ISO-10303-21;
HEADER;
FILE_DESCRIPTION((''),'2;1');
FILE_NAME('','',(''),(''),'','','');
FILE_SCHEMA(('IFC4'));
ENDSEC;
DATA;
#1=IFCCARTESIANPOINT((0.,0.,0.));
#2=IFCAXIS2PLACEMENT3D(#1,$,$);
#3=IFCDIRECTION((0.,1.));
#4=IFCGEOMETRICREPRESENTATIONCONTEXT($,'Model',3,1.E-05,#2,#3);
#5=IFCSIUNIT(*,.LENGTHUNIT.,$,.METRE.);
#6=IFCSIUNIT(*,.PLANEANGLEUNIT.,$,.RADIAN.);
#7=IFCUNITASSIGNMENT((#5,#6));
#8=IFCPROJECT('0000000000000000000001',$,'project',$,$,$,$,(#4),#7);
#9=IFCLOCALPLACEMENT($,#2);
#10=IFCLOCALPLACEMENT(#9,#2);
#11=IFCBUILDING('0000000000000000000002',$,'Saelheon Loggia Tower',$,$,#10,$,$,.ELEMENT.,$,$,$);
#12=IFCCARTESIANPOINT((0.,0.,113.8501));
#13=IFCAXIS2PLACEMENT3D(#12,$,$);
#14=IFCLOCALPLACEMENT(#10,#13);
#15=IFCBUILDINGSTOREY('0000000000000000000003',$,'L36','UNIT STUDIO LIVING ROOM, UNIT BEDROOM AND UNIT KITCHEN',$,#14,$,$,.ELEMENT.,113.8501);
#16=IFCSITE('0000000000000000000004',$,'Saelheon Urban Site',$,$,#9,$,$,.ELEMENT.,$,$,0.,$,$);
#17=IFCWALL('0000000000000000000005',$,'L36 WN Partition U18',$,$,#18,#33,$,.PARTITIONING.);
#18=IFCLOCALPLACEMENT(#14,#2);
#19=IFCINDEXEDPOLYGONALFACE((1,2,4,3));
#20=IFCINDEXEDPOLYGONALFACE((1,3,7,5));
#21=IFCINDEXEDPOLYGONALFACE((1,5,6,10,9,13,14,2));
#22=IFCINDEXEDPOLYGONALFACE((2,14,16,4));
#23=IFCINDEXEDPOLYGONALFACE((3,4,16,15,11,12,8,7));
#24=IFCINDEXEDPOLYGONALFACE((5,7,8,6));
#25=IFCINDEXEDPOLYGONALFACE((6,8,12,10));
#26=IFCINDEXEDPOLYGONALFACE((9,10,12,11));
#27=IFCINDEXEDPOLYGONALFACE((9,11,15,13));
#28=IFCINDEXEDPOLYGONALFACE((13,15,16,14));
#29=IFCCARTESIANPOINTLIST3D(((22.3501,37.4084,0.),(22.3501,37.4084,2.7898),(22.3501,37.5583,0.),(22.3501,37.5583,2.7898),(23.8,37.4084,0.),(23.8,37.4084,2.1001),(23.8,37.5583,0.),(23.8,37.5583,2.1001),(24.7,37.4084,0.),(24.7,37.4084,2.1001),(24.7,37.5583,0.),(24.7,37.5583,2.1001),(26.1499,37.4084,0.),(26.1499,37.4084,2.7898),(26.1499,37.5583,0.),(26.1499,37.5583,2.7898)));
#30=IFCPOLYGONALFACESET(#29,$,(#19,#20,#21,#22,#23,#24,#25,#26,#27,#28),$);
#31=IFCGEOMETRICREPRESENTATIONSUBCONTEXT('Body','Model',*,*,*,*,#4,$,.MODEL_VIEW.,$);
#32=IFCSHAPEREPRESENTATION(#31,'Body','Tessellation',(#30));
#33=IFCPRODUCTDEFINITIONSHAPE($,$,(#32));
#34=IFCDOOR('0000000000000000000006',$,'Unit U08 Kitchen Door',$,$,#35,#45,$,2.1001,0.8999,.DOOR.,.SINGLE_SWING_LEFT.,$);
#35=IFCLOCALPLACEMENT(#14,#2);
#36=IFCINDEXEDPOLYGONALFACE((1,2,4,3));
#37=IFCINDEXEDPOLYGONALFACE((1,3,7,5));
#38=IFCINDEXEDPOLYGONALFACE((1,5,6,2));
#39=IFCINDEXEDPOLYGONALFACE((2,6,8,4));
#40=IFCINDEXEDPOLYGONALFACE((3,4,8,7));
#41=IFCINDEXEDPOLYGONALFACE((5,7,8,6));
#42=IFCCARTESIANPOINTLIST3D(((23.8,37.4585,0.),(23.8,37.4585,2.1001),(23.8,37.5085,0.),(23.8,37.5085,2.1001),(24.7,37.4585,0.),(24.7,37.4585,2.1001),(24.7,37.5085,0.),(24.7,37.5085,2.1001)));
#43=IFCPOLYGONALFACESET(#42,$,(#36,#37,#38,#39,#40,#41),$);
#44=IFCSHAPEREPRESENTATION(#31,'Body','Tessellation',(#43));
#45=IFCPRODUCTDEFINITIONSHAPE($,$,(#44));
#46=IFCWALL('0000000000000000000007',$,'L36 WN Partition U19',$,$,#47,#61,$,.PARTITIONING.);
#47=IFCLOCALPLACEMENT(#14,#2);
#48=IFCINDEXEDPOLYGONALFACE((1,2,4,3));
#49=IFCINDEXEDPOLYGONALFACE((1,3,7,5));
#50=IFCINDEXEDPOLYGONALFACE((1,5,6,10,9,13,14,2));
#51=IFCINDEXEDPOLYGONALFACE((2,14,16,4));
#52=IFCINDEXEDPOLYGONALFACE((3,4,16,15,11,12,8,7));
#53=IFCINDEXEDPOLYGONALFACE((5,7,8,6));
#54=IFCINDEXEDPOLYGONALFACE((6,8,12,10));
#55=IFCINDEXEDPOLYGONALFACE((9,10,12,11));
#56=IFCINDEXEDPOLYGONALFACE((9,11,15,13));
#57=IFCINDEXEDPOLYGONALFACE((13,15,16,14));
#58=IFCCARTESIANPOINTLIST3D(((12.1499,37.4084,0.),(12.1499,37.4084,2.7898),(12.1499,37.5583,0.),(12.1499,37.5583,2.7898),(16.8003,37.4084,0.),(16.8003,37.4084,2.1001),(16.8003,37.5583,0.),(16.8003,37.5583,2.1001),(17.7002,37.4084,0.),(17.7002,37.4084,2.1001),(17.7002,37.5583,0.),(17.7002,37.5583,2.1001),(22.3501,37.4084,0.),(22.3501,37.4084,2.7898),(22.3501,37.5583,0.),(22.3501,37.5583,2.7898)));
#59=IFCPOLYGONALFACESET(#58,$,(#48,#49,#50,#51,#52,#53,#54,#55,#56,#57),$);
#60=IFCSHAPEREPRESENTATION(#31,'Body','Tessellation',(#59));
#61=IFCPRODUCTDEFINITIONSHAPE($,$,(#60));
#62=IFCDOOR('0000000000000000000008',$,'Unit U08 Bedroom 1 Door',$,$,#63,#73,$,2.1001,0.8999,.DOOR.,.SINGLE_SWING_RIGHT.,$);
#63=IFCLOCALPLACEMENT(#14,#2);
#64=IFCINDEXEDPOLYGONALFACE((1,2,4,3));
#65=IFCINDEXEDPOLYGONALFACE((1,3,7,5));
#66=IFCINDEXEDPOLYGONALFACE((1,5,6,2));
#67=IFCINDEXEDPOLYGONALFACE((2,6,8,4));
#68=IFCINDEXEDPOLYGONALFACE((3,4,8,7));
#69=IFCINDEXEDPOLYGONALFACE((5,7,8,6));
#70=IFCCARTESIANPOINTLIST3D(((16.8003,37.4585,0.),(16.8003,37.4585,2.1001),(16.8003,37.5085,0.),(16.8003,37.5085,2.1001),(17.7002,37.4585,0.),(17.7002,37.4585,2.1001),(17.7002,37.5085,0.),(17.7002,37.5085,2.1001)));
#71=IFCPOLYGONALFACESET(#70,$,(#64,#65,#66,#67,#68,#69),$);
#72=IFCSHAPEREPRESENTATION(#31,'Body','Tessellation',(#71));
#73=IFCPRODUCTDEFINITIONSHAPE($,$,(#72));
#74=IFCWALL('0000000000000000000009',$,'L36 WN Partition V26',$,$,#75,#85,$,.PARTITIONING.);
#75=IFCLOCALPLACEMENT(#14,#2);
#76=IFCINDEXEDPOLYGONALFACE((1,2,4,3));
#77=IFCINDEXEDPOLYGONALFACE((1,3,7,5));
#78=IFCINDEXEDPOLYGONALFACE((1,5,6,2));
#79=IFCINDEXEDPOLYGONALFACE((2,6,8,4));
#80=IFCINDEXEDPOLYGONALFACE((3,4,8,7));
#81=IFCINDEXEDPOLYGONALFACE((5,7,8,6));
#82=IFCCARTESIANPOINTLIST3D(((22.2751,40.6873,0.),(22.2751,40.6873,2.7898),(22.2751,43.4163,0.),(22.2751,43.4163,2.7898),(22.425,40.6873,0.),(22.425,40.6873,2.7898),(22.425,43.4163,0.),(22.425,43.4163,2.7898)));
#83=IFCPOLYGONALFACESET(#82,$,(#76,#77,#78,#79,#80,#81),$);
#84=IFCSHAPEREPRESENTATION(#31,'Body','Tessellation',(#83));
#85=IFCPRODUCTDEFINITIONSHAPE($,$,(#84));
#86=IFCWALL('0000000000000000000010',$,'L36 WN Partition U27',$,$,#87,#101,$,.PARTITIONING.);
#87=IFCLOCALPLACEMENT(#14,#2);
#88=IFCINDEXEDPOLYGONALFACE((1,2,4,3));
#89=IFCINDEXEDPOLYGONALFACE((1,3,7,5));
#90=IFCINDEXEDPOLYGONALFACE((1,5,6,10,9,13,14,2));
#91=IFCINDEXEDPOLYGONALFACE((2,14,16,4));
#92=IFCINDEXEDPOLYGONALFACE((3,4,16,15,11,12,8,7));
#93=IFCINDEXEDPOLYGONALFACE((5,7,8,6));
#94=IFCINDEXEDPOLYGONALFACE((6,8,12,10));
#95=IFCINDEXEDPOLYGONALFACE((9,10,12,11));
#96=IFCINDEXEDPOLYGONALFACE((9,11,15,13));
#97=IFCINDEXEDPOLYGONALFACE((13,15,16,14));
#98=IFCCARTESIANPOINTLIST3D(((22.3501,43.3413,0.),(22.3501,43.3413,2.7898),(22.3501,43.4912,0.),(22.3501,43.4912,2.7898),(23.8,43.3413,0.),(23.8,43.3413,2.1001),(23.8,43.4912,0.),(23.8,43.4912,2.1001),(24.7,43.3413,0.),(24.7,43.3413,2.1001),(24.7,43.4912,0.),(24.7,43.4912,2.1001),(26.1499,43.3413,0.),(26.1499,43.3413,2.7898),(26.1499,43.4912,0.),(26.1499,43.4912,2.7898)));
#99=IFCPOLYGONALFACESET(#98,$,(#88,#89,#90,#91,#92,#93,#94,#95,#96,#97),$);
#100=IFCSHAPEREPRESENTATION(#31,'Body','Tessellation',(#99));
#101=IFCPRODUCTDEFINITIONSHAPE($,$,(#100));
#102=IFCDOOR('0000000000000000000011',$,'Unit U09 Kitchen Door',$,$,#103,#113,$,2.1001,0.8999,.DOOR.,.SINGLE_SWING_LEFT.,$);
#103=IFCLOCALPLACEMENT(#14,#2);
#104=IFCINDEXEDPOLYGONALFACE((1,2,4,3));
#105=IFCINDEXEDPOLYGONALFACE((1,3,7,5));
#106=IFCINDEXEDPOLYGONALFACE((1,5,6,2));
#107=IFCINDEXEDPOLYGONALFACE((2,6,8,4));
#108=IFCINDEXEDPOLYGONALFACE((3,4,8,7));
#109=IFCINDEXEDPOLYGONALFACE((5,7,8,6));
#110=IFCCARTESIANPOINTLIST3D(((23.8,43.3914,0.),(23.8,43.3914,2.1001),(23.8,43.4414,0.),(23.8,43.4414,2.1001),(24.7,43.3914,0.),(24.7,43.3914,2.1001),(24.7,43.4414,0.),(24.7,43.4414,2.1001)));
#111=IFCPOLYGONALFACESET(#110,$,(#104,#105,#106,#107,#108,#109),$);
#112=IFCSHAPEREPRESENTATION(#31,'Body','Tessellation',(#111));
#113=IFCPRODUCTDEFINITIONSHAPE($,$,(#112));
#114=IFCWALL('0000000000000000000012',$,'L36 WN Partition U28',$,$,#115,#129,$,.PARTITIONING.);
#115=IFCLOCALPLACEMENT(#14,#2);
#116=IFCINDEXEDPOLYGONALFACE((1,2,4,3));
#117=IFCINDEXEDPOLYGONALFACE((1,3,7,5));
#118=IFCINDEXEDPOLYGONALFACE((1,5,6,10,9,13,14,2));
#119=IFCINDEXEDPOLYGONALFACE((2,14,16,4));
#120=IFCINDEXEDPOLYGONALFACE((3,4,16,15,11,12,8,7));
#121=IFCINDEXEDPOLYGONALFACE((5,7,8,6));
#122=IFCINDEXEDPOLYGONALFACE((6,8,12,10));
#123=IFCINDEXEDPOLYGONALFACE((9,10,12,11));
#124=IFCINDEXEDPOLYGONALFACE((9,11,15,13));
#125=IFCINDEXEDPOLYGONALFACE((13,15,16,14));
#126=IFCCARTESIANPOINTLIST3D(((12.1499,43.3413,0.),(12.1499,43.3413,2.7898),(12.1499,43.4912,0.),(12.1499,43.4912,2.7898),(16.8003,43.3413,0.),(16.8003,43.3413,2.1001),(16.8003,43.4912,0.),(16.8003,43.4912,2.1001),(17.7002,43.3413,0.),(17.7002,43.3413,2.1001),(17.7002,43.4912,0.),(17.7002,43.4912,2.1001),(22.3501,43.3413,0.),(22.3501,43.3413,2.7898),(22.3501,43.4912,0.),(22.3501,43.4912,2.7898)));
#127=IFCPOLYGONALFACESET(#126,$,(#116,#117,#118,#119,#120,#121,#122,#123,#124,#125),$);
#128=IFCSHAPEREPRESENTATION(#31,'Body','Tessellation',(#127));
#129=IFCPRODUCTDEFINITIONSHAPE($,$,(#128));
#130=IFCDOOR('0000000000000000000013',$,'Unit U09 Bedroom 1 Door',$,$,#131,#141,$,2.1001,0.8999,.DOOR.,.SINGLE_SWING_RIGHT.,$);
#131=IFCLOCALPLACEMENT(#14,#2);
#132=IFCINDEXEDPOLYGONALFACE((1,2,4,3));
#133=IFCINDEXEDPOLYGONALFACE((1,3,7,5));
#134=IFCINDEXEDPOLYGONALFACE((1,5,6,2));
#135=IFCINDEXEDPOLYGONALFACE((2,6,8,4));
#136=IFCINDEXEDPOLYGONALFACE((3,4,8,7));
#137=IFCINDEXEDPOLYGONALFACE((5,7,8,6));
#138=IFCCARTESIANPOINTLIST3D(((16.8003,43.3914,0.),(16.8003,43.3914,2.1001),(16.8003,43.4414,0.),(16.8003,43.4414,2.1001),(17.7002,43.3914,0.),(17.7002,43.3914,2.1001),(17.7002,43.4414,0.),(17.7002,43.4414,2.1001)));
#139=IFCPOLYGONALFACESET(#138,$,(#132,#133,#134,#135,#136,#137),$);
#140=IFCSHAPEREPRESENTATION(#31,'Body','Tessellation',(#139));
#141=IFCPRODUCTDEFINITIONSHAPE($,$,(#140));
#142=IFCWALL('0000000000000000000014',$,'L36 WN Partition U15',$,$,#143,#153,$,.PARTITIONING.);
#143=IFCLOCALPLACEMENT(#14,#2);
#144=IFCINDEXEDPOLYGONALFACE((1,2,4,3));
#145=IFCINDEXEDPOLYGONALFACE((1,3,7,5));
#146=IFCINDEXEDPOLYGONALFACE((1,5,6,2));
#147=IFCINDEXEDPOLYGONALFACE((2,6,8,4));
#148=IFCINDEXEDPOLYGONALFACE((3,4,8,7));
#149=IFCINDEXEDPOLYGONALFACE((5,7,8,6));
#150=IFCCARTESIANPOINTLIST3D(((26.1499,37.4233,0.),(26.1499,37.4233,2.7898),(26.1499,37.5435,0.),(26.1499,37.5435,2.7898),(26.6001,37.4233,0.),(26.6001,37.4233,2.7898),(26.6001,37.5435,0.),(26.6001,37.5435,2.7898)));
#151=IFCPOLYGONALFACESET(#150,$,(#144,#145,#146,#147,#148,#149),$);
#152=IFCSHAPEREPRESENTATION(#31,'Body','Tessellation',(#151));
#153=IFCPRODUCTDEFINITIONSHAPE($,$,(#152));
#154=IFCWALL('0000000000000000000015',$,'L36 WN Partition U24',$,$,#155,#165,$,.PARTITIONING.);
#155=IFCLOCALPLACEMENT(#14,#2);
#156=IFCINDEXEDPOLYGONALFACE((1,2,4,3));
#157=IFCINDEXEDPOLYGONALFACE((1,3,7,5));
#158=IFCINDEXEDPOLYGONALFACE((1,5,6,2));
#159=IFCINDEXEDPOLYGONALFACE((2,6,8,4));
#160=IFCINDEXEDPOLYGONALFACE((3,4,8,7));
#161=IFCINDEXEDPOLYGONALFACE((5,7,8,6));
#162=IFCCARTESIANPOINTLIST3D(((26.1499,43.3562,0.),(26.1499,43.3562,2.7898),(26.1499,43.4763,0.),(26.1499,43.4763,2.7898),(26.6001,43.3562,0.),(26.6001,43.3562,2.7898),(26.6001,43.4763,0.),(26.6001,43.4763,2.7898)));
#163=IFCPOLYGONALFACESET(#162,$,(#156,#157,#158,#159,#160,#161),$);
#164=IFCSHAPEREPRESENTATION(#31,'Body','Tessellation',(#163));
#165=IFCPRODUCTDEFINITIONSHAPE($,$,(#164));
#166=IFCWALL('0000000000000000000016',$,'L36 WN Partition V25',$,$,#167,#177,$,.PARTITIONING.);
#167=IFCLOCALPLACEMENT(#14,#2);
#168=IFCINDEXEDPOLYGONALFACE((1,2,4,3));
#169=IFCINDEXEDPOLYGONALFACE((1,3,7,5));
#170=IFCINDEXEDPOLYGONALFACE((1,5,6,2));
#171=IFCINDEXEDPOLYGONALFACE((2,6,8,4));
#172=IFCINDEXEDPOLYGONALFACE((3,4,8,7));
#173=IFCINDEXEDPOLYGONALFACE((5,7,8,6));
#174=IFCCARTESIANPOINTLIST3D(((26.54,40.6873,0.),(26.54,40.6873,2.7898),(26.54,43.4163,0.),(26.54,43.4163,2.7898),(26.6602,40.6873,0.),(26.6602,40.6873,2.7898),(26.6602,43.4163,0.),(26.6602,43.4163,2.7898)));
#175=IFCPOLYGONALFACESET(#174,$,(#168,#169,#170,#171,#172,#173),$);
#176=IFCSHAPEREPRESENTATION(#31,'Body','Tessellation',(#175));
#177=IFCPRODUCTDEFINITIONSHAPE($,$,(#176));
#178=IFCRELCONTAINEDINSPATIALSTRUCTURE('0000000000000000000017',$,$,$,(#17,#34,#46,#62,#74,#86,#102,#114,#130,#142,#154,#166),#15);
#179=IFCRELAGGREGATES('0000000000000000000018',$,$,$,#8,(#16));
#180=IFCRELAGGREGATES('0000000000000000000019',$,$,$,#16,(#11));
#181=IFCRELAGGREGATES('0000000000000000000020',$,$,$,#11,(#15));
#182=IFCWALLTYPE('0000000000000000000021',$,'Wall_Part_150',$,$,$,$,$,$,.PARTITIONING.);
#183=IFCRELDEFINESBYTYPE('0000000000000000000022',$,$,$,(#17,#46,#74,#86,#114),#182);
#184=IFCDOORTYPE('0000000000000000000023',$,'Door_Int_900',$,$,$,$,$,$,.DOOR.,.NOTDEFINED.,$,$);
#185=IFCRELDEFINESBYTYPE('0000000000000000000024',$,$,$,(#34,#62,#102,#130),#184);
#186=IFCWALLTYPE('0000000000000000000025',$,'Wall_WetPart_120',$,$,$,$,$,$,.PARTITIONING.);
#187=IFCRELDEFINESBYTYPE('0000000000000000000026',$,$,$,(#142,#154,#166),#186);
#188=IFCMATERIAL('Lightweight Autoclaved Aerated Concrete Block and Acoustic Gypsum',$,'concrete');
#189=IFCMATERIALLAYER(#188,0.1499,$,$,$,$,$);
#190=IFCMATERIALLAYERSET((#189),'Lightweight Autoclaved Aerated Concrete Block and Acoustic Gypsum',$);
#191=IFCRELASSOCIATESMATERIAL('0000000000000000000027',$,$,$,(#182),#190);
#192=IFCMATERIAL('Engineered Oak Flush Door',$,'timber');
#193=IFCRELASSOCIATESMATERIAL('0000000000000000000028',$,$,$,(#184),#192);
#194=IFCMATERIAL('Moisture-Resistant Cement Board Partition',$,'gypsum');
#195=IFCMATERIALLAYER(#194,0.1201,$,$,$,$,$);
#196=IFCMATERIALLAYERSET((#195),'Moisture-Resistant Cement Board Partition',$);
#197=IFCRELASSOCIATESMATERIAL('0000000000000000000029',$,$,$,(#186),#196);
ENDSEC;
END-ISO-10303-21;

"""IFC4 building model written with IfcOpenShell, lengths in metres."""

from ifc_helpers import new_model, si_unit, direction, frame, frame_2d, origin, place, context, subcontext, project, spatial, rectangle, extrude, source, transform, mapped, material, layer, layer_set, type_object, element, fill, save


model = new_model("IFC4")

# Units and contexts
model_context = context("Model", 3, precision=1e-05, world=origin(), true_north=direction((0.0, 1.0)))
body_context = subcontext(model_context, "Body", "Model", "MODEL_VIEW")
ifc_project = project(units=[si_unit("LENGTHUNIT", "METRE"), si_unit("PLANEANGLEUNIT", "RADIAN")], contexts=[model_context])

# Site, building, storey
site_placement = place(None, origin())
site = spatial("IfcSite", under=ifc_project, at=site_placement, Name="Saelheon Urban Site", CompositionType="ELEMENT", RefElevation=0.0)
building_placement = place(site_placement, origin())
building = spatial("IfcBuilding", under=site, at=building_placement, Name="Saelheon Loggia Tower", CompositionType="ELEMENT")
storey_placement = place(building_placement, frame((0.0, 0.0, 113.8501)))
storey = spatial("IfcBuildingStorey", under=building, at=storey_placement, Name="L36", Description="UNIT STUDIO LIVING ROOM, UNIT BEDROOM AND UNIT KITCHEN", CompositionType="ELEMENT", Elevation=113.8501)

# Walls, openings, doors
ifc_material_1 = material(Name="Lightweight Autoclaved Aerated Concrete Block and Acoustic Gypsum", Category="concrete")
ifc_layer_1 = layer(ifc_material_1, 0.1499)
ifc_layer_set_1 = layer_set([ifc_layer_1], Name="Lightweight Autoclaved Aerated Concrete Block and Acoustic Gypsum")
wall_type_1 = type_object("IfcWallType", Name="Wall_Part_150", PredefinedType="PARTITIONING", material=ifc_layer_set_1)
wall_1_placement = place(storey_placement, frame((26.1499, 37.4834, 0.0), z_axis=(0.0, 0.0, 1.0), x_axis=(-1.0, 0.0, 0.0)))
wall_1 = element("IfcWall", 1, at=wall_1_placement, inside=storey, type_object=wall_type_1, Name="L36 WN Partition U18", PredefinedType="PARTITIONING", context=body_context, shape_type="SweptSolid", body=[
    extrude(rectangle(XDim=3.7998, YDim=0.1499, at=frame_2d((1.8999, 0.0))), origin(), (0.0, 0.0, 1.0), 2.7898),
])
opening_1_placement = place(wall_1_placement, frame((1.45, 0.0, 0.0)))
opening_1 = element("IfcOpeningElement", 2, at=opening_1_placement, cuts=wall_1, PredefinedType="OPENING", context=body_context, shape_type="SweptSolid", body=[
    extrude(rectangle(XDim=0.8999, YDim=2.1001, at=frame_2d((0.45, 1.05))), frame((0.0, 0.0869, 0.0), z_axis=(0.0, -1.0, 0.0), x_axis=(1.0, 0.0, 0.0)), (0.0, 0.0, 1.0), 0.1738),
])
ifc_material_2 = material(Name="Engineered Oak Flush Door", Category="timber")
door_type_1 = type_object("IfcDoorType", Name="Door_Int_900", OperationType="NOTDEFINED", PredefinedType="DOOR", material=ifc_material_2)
shared_shape_1 = source(origin(), body_context, "Body", "SweptSolid", [
    extrude(rectangle(XDim=0.8999, YDim=2.1001, at=frame_2d((0.45, 1.05))), frame((0.0, 0.0249, 0.0), z_axis=(0.0, -1.0, 0.0), x_axis=(1.0, 0.0, 0.0)), (0.0, 0.0, 1.0), 0.05),
])
door_1_placement = place(opening_1_placement, origin())
door_1 = element("IfcDoor", 3, at=door_1_placement, inside=storey, type_object=door_type_1, Name="Unit U08 Kitchen Door", OperationType="SINGLE_SWING_LEFT", OverallHeight=2.1001, OverallWidth=0.8999, PredefinedType="DOOR", context=body_context, shape_type="MappedRepresentation", body=[
    mapped(shared_shape_1, transform((0.0, 0.0, 0.0), scale=1.0)),
])
fill(opening_1, door_1)
wall_2_placement = place(storey_placement, frame((22.3501, 37.4834, 0.0), z_axis=(0.0, 0.0, 1.0), x_axis=(-1.0, 0.0, 0.0)))
wall_2 = element("IfcWall", 4, at=wall_2_placement, inside=storey, type_object=wall_type_1, Name="L36 WN Partition U19", PredefinedType="PARTITIONING", context=body_context, shape_type="SweptSolid", body=[
    extrude(rectangle(XDim=10.2002, YDim=0.1499, at=frame_2d((5.1001, 0.0))), origin(), (0.0, 0.0, 1.0), 2.7898),
])
opening_2_placement = place(wall_2_placement, frame((4.6499, 0.0, 0.0)))
opening_2 = element("IfcOpeningElement", 5, at=opening_2_placement, cuts=wall_2, PredefinedType="OPENING", context=body_context, shape_type="SweptSolid", body=[
    extrude(rectangle(XDim=0.8999, YDim=2.1001, at=frame_2d((0.45, 1.05))), frame((0.0, 0.0869, 0.0), z_axis=(0.0, -1.0, 0.0), x_axis=(1.0, 0.0, 0.0)), (0.0, 0.0, 1.0), 0.1738),
])
door_2_placement = place(opening_2_placement, origin())
door_2 = element("IfcDoor", 6, at=door_2_placement, inside=storey, type_object=door_type_1, Name="Unit U08 Bedroom 1 Door", OperationType="SINGLE_SWING_RIGHT", OverallHeight=2.1001, OverallWidth=0.8999, PredefinedType="DOOR", context=body_context, shape_type="MappedRepresentation", body=[
    mapped(shared_shape_1, transform((0.0, 0.0, 0.0), scale=1.0)),
])
fill(opening_2, door_2)

# Wall
wall_3_placement = place(storey_placement, frame((22.3501, 40.6873, 0.0), z_axis=(0.0, 0.0, 1.0), x_axis=(0.0, 1.0, 0.0)))
element("IfcWall", 7, at=wall_3_placement, inside=storey, type_object=wall_type_1, Name="L36 WN Partition V26", PredefinedType="PARTITIONING", context=body_context, shape_type="SweptSolid", body=[
    extrude(rectangle(XDim=2.729, YDim=0.1499, at=frame_2d((1.3645, 0.0))), origin(), (0.0, 0.0, 1.0), 2.7898),
])

# Walls, openings, doors
wall_4_placement = place(storey_placement, frame((26.1499, 43.4163, 0.0), z_axis=(0.0, 0.0, 1.0), x_axis=(-1.0, 0.0, 0.0)))
wall_4 = element("IfcWall", 8, at=wall_4_placement, inside=storey, type_object=wall_type_1, Name="L36 WN Partition U27", PredefinedType="PARTITIONING", context=body_context, shape_type="SweptSolid", body=[
    extrude(rectangle(XDim=3.7998, YDim=0.1499, at=frame_2d((1.8999, 0.0))), origin(), (0.0, 0.0, 1.0), 2.7898),
])
opening_3_placement = place(wall_4_placement, frame((1.45, 0.0, 0.0)))
opening_3 = element("IfcOpeningElement", 9, at=opening_3_placement, cuts=wall_4, PredefinedType="OPENING", context=body_context, shape_type="SweptSolid", body=[
    extrude(rectangle(XDim=0.8999, YDim=2.1001, at=frame_2d((0.45, 1.05))), frame((0.0, 0.0869, 0.0), z_axis=(0.0, -1.0, 0.0), x_axis=(1.0, 0.0, 0.0)), (0.0, 0.0, 1.0), 0.1738),
])
door_3_placement = place(opening_3_placement, origin())
door_3 = element("IfcDoor", 10, at=door_3_placement, inside=storey, type_object=door_type_1, Name="Unit U09 Kitchen Door", OperationType="SINGLE_SWING_LEFT", OverallHeight=2.1001, OverallWidth=0.8999, PredefinedType="DOOR", context=body_context, shape_type="MappedRepresentation", body=[
    mapped(shared_shape_1, transform((0.0, 0.0, 0.0), scale=1.0)),
])
fill(opening_3, door_3)
wall_5_placement = place(storey_placement, frame((22.3501, 43.4163, 0.0), z_axis=(0.0, 0.0, 1.0), x_axis=(-1.0, 0.0, 0.0)))
wall_5 = element("IfcWall", 11, at=wall_5_placement, inside=storey, type_object=wall_type_1, Name="L36 WN Partition U28", PredefinedType="PARTITIONING", context=body_context, shape_type="SweptSolid", body=[
    extrude(rectangle(XDim=10.2002, YDim=0.1499, at=frame_2d((5.1001, 0.0))), origin(), (0.0, 0.0, 1.0), 2.7898),
])
opening_4_placement = place(wall_5_placement, frame((4.6499, 0.0, 0.0)))
opening_4 = element("IfcOpeningElement", 12, at=opening_4_placement, cuts=wall_5, PredefinedType="OPENING", context=body_context, shape_type="SweptSolid", body=[
    extrude(rectangle(XDim=0.8999, YDim=2.1001, at=frame_2d((0.45, 1.05))), frame((0.0, 0.0869, 0.0), z_axis=(0.0, -1.0, 0.0), x_axis=(1.0, 0.0, 0.0)), (0.0, 0.0, 1.0), 0.1738),
])
door_4_placement = place(opening_4_placement, origin())
door_4 = element("IfcDoor", 13, at=door_4_placement, inside=storey, type_object=door_type_1, Name="Unit U09 Bedroom 1 Door", OperationType="SINGLE_SWING_RIGHT", OverallHeight=2.1001, OverallWidth=0.8999, PredefinedType="DOOR", context=body_context, shape_type="MappedRepresentation", body=[
    mapped(shared_shape_1, transform((0.0, 0.0, 0.0), scale=1.0)),
])
fill(opening_4, door_4)

# Walls
ifc_material_3 = material(Name="Moisture-Resistant Cement Board Partition", Category="gypsum")
ifc_layer_2 = layer(ifc_material_3, 0.1201)
ifc_layer_set_2 = layer_set([ifc_layer_2], Name="Moisture-Resistant Cement Board Partition")
wall_type_2 = type_object("IfcWallType", Name="Wall_WetPart_120", PredefinedType="PARTITIONING", material=ifc_layer_set_2)
for number, where, z_axis, x_axis, name in (
    (14, (26.6001, 37.4834, 0.0), (0.0, 0.0, 1.0), (-1.0, 0.0, 0.0), "L36 WN Partition U15"),
    (15, (26.6001, 43.4163, 0.0), (0.0, 0.0, 1.0), (-1.0, 0.0, 0.0), "L36 WN Partition U24"),
):
    element("IfcWall", number, at=place(storey_placement, frame(where, z_axis=z_axis, x_axis=x_axis)), inside=storey, type_object=wall_type_2, Name=name, PredefinedType="PARTITIONING", context=body_context, shape_type="SweptSolid", body=[
        extrude(rectangle(XDim=0.4502, YDim=0.1201, at=frame_2d((0.2251, 0.0))), origin(), (0.0, 0.0, 1.0), 2.7898),
    ])
wall_6_placement = place(storey_placement, frame((26.6001, 40.6873, 0.0), z_axis=(0.0, 0.0, 1.0), x_axis=(0.0, 1.0, 0.0)))
element("IfcWall", 16, at=wall_6_placement, inside=storey, type_object=wall_type_2, Name="L36 WN Partition V25", PredefinedType="PARTITIONING", context=body_context, shape_type="SweptSolid", body=[
    extrude(rectangle(XDim=2.729, YDim=0.1201, at=frame_2d((1.3645, 0.0))), origin(), (0.0, 0.0, 1.0), 2.7898),
])

save(model, "model.ifc")
